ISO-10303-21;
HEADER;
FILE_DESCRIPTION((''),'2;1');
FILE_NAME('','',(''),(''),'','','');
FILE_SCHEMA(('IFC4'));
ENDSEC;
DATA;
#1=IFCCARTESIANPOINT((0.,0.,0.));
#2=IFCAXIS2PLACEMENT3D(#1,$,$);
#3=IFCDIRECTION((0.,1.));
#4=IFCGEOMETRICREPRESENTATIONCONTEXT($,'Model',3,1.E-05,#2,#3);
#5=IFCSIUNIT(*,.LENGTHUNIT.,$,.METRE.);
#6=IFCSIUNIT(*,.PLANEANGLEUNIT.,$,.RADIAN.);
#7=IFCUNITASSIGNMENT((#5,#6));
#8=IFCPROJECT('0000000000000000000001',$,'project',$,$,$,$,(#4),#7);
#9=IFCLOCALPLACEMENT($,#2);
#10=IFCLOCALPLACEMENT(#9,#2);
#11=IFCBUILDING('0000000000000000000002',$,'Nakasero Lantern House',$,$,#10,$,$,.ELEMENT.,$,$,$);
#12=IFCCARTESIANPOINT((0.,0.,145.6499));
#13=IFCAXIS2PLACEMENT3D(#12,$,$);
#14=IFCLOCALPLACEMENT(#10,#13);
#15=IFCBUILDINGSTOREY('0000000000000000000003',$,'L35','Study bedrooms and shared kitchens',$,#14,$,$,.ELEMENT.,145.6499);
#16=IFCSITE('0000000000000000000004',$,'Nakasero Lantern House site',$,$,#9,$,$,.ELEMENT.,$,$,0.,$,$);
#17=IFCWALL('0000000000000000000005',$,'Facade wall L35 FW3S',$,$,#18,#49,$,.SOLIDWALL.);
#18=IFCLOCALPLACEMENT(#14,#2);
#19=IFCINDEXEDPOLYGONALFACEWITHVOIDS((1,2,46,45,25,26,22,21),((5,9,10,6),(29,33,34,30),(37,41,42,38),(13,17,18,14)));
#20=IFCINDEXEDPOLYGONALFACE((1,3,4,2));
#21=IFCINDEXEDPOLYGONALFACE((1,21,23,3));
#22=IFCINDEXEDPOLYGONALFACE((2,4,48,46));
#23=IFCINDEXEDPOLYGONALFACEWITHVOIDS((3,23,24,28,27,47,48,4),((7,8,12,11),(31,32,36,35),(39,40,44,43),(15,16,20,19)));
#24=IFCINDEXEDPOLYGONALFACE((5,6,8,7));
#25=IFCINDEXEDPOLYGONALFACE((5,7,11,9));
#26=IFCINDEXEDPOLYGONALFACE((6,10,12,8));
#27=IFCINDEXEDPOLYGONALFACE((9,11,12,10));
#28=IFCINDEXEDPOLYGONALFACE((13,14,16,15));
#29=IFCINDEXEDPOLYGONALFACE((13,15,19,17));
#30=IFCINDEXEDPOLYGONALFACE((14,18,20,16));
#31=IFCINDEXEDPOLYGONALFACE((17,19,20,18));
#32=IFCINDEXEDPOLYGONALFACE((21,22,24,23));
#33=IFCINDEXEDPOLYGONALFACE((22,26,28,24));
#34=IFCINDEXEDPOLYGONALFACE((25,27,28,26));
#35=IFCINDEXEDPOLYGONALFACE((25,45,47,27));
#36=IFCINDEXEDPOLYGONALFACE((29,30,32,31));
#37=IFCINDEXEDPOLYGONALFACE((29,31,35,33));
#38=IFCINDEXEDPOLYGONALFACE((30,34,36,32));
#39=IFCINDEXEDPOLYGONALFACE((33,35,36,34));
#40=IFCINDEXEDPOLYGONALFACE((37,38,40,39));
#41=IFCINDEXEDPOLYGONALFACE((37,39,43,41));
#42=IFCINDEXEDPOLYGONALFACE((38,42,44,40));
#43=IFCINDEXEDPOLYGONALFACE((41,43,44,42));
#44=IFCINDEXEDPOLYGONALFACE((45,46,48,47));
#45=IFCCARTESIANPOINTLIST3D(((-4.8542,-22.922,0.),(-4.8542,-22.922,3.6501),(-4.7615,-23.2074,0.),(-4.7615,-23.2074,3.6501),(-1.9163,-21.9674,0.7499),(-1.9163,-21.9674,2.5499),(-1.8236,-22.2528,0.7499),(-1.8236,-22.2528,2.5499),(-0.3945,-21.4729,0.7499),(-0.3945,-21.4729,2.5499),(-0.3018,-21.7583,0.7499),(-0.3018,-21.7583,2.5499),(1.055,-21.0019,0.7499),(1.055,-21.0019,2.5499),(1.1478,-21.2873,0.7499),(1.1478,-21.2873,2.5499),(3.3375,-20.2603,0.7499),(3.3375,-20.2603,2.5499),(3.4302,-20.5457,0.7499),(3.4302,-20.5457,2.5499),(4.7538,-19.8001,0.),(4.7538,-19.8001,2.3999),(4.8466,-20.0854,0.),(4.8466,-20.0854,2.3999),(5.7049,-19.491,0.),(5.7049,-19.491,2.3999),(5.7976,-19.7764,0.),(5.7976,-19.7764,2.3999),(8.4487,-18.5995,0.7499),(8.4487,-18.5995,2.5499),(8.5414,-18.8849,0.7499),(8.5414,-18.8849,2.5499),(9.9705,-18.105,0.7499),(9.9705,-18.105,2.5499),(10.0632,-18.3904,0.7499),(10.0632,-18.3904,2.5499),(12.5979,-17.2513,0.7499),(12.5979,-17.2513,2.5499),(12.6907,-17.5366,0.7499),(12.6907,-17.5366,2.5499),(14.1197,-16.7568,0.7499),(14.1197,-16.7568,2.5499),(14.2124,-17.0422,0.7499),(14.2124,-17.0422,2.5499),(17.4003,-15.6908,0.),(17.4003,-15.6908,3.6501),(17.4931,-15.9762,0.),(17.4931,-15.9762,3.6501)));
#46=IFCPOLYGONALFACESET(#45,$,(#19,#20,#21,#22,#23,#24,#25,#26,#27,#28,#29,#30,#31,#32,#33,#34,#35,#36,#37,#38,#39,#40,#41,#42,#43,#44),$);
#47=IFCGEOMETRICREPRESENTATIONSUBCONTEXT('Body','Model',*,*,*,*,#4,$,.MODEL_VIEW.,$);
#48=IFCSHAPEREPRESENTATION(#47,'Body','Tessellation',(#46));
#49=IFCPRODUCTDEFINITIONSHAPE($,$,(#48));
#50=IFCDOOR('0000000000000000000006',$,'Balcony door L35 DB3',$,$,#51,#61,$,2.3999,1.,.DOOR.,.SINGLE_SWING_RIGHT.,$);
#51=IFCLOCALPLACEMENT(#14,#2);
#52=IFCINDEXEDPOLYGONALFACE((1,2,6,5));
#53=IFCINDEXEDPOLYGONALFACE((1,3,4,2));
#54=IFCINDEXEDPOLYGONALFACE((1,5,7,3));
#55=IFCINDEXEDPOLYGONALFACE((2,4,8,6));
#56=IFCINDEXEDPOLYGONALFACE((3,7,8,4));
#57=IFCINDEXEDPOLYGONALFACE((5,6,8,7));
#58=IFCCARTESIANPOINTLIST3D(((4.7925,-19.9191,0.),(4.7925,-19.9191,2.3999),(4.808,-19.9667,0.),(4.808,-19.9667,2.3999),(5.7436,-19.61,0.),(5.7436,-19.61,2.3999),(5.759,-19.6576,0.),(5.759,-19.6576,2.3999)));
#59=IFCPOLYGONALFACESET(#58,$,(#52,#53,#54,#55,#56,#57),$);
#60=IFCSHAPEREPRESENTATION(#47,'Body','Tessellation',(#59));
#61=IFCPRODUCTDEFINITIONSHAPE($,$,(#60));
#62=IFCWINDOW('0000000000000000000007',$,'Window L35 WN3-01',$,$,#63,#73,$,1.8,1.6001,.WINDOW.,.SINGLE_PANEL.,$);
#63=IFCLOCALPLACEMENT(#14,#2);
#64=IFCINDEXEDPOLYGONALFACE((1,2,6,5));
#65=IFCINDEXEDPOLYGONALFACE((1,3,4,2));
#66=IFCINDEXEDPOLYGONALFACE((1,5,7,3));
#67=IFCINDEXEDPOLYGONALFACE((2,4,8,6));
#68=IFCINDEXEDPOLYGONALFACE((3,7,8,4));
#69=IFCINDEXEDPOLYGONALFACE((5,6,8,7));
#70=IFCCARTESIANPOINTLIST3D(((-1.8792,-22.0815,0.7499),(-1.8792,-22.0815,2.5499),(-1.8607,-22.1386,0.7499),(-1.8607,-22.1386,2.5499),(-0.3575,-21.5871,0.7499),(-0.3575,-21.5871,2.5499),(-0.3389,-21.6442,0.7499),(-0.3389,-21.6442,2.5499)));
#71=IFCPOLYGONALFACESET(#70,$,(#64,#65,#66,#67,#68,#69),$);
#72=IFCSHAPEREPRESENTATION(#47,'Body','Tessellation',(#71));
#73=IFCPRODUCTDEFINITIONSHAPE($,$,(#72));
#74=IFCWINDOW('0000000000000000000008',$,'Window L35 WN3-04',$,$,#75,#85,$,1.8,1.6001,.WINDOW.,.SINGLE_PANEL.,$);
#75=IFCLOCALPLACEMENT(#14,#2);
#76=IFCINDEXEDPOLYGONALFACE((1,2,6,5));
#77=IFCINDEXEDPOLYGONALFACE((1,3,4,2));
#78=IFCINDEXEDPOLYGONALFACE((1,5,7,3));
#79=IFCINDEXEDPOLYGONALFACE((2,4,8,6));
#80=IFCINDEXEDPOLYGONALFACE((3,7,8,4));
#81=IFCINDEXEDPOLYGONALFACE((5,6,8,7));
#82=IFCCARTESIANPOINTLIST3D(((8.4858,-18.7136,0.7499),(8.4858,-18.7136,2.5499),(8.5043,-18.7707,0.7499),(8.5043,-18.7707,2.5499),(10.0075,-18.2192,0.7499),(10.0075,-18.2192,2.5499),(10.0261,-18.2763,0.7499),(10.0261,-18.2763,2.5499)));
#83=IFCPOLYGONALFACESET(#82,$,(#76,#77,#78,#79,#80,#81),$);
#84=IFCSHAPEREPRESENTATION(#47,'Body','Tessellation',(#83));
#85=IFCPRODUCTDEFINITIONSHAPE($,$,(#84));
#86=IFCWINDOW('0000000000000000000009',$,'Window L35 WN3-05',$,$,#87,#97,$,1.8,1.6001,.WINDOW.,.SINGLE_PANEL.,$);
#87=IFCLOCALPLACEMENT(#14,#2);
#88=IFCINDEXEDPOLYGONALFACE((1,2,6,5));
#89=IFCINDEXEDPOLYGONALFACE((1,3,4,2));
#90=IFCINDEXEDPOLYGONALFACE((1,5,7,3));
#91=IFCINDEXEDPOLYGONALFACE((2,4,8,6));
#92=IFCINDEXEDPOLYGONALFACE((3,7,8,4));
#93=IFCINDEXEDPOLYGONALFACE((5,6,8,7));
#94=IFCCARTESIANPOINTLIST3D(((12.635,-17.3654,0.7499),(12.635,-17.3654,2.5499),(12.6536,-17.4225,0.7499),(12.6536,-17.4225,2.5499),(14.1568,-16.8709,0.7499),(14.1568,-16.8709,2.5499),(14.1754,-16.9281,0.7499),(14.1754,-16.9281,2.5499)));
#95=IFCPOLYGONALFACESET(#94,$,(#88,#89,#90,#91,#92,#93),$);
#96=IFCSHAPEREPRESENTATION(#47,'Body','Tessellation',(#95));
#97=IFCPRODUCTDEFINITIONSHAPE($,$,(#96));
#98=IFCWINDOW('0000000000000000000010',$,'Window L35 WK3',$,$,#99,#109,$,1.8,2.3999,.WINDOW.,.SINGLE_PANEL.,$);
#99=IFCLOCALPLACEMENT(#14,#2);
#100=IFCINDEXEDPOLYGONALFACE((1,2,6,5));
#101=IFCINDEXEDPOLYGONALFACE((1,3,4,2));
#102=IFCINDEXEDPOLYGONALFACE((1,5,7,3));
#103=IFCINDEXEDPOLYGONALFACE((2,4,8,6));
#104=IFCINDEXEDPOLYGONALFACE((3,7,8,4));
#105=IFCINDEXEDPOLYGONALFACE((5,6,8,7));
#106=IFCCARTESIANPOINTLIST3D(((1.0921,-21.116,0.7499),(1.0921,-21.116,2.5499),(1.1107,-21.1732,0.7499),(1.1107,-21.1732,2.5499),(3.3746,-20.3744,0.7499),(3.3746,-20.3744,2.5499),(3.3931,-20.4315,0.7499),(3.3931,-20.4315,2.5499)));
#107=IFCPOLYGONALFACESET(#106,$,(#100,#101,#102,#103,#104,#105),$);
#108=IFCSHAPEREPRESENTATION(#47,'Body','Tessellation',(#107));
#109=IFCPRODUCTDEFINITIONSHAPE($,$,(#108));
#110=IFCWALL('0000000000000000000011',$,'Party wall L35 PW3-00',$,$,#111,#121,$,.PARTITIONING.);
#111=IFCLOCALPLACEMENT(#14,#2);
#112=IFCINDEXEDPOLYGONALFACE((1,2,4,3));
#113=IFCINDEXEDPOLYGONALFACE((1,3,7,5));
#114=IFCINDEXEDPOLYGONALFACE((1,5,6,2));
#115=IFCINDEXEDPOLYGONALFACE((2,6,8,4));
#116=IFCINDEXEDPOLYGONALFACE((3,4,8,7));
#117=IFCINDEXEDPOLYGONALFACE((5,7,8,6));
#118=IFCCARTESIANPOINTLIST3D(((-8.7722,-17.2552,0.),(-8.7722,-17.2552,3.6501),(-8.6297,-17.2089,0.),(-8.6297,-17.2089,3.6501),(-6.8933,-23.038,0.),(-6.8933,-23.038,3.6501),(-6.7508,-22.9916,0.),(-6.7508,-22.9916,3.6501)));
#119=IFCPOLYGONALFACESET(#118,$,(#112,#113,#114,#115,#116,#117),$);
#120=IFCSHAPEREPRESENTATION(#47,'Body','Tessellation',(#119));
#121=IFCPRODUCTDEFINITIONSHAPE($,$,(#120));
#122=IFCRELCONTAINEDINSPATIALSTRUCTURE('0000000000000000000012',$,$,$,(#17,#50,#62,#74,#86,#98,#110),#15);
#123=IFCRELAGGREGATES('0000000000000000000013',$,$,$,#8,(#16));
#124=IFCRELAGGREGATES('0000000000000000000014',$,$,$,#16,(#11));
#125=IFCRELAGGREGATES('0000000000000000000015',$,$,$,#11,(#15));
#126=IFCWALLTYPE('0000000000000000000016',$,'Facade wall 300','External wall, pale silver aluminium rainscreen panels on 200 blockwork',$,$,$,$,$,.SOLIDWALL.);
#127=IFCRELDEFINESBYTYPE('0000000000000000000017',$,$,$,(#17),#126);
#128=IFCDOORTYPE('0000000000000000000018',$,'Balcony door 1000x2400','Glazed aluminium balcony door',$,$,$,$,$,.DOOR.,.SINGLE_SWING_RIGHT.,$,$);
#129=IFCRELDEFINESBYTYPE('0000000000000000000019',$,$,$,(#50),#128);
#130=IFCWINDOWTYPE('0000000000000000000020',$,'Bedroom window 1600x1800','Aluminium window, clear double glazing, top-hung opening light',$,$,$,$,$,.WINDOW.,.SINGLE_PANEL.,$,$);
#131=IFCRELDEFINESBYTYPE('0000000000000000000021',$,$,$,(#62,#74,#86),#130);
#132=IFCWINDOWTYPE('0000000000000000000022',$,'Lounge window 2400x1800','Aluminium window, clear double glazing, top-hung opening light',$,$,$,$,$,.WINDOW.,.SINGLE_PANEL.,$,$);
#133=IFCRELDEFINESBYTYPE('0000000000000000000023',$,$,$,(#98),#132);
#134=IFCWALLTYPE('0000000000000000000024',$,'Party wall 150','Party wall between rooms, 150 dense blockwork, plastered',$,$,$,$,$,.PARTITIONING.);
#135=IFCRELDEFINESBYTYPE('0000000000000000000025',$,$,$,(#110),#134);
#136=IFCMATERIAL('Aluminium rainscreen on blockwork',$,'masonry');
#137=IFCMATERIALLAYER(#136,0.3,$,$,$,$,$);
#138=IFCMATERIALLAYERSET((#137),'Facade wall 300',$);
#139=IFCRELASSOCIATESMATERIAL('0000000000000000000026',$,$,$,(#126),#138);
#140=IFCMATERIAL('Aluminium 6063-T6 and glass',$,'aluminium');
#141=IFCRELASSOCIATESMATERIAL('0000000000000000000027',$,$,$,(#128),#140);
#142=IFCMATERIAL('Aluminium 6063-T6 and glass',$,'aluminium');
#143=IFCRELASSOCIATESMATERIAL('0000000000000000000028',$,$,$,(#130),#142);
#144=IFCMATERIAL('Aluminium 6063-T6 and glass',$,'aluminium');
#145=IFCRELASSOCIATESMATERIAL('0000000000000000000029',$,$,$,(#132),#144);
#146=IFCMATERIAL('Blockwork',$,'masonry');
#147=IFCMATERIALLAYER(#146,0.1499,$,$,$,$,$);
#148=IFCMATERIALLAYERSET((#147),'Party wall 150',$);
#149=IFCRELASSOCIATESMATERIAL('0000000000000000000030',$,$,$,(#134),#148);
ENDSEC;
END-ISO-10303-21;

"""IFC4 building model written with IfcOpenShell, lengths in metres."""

from ifc_helpers import new_model, si_unit, direction, frame, frame_2d, origin, place, context, subcontext, project, spatial, rectangle, extrude, material, layer, layer_set, type_object, element, fill, save


model = new_model("IFC4")

# Units and contexts
model_context = context("Model", 3, precision=1e-05, world=origin(), true_north=direction((0.0, 1.0)))
body_context = subcontext(model_context, "Body", "Model", "MODEL_VIEW")
ifc_project = project(units=[si_unit("LENGTHUNIT", "METRE"), si_unit("PLANEANGLEUNIT", "RADIAN")], contexts=[model_context])

# Site, building, storey
site_placement = place(None, origin())
site = spatial("IfcSite", under=ifc_project, at=site_placement, Name="Nakasero Lantern House site", CompositionType="ELEMENT", RefElevation=0.0)
building_placement = place(site_placement, origin())
building = spatial("IfcBuilding", under=site, at=building_placement, Name="Nakasero Lantern House", CompositionType="ELEMENT")
storey_placement = place(building_placement, frame((0.0, 0.0, 145.6499)))
storey = spatial("IfcBuildingStorey", under=building, at=storey_placement, Name="L35", Description="Study bedrooms and shared kitchens", CompositionType="ELEMENT", Elevation=145.6499)

# Wall, openings, door, windows
ifc_material_1 = material(Name="Aluminium rainscreen on blockwork", Category="masonry")
ifc_layer_1 = layer(ifc_material_1, 0.3)
ifc_layer_set_1 = layer_set([ifc_layer_1], Name="Facade wall 300")
wall_type_1 = type_object("IfcWallType", Name="Facade wall 300", Description="External wall, pale silver aluminium rainscreen panels on 200 blockwork", PredefinedType="SOLIDWALL", material=ifc_layer_set_1)
wall_1_placement = place(storey_placement, frame((-4.8079, -23.0647, 0.0), z_axis=(0.0, 0.0, 1.0), x_axis=(0.951054, 0.309026, 0.0)))
wall_1 = element("IfcWall", 1, at=wall_1_placement, inside=storey, type_object=wall_type_1, Name="Facade wall L35 FW3S", PredefinedType="SOLIDWALL", context=body_context, shape_type="SweptSolid", body=[
    extrude(rectangle(XDim=23.3999, YDim=0.3, at=frame_2d((11.7, 0.0))), origin(), (0.0, 0.0, 1.0), 3.6501),
])
opening_1_placement = place(wall_1_placement, frame((3.0891, 0.0, 0.75)))
opening_1 = element("IfcOpeningElement", 2, at=opening_1_placement, cuts=wall_1, PredefinedType="OPENING", context=body_context, shape_type="SweptSolid", body=[
    extrude(rectangle(XDim=1.6001, YDim=1.8, at=frame_2d((0.8, 0.8999))), frame((0.0, 0.1699, 0.0), z_axis=(0.0, -1.0, 0.0), x_axis=(1.0, 0.0, 0.0)), (0.0, 0.0, 1.0), 0.3401),
])
opening_2_placement = place(wall_1_placement, frame((13.9875, 0.0, 0.75)))
opening_2 = element("IfcOpeningElement", 3, at=opening_2_placement, cuts=wall_1, PredefinedType="OPENING", context=body_context, shape_type="SweptSolid", body=[
    extrude(rectangle(XDim=1.6001, YDim=1.8, at=frame_2d((0.8, 0.8999))), frame((0.0, 0.1699, 0.0), z_axis=(0.0, -1.0, 0.0), x_axis=(1.0, 0.0, 0.0)), (0.0, 0.0, 1.0), 0.3401),
])
opening_3_placement = place(wall_1_placement, frame((18.3503, 0.0, 0.75)))
opening_3 = element("IfcOpeningElement", 4, at=opening_3_placement, cuts=wall_1, PredefinedType="OPENING", context=body_context, shape_type="SweptSolid", body=[
    extrude(rectangle(XDim=1.6001, YDim=1.8, at=frame_2d((0.8, 0.8999))), frame((0.0, 0.1699, 0.0), z_axis=(0.0, -1.0, 0.0), x_axis=(1.0, 0.0, 0.0)), (0.0, 0.0, 1.0), 0.3401),
])
opening_4_placement = place(wall_1_placement, frame((6.2134, 0.0, 0.75)))
opening_4 = element("IfcOpeningElement", 5, at=opening_4_placement, cuts=wall_1, PredefinedType="OPENING", context=body_context, shape_type="SweptSolid", body=[
    extrude(rectangle(XDim=2.3999, YDim=1.8, at=frame_2d((1.2, 0.8999))), frame((0.0, 0.1699, 0.0), z_axis=(0.0, -1.0, 0.0), x_axis=(1.0, 0.0, 0.0)), (0.0, 0.0, 1.0), 0.3401),
])
opening_5_placement = place(wall_1_placement, frame((10.1025, 0.0, 0.0)))
opening_5 = element("IfcOpeningElement", 6, at=opening_5_placement, cuts=wall_1, PredefinedType="OPENING", context=body_context, shape_type="SweptSolid", body=[
    extrude(rectangle(XDim=1.0, YDim=2.3999, at=frame_2d((0.5, 1.2))), frame((0.0, 0.1699, 0.0), z_axis=(0.0, -1.0, 0.0), x_axis=(1.0, 0.0, 0.0)), (0.0, 0.0, 1.0), 0.3401),
])
ifc_material_2 = material(Name="Aluminium 6063-T6 and glass", Category="aluminium")
door_type = type_object("IfcDoorType", Name="Balcony door 1000x2400", Description="Glazed aluminium balcony door", OperationType="SINGLE_SWING_RIGHT", PredefinedType="DOOR", material=ifc_material_2)
door_placement = place(opening_5_placement, origin())
door = element("IfcDoor", 7, at=door_placement, inside=storey, type_object=door_type, Name="Balcony door L35 DB3", OperationType="SINGLE_SWING_RIGHT", OverallHeight=2.3999, OverallWidth=1.0, PredefinedType="DOOR", context=body_context, shape_type="SweptSolid", body=[
    extrude(rectangle(XDim=1.0, YDim=2.3999, at=frame_2d((0.5, 1.2))), frame((0.0, 0.0249, 0.0), z_axis=(0.0, -1.0, 0.0), x_axis=(1.0, 0.0, 0.0)), (0.0, 0.0, 1.0), 0.05),
])
fill(opening_5, door)
ifc_material_3 = material(Name="Aluminium 6063-T6 and glass", Category="aluminium")
window_type_1 = type_object("IfcWindowType", Name="Bedroom window 1600x1800", Description="Aluminium window, clear double glazing, top-hung opening light", PartitioningType="SINGLE_PANEL", PredefinedType="WINDOW", material=ifc_material_3)
window_1_placement = place(opening_1_placement, origin())
window_1 = element("IfcWindow", 8, at=window_1_placement, inside=storey, type_object=window_type_1, Name="Window L35 WN3-01", OverallHeight=1.8, OverallWidth=1.6001, PartitioningType="SINGLE_PANEL", PredefinedType="WINDOW", context=body_context, shape_type="SweptSolid", body=[
    extrude(rectangle(XDim=1.6001, YDim=1.8, at=frame_2d((0.8, 0.8999))), frame((0.0, 0.03, 0.0), z_axis=(0.0, -1.0, 0.0), x_axis=(1.0, 0.0, 0.0)), (0.0, 0.0, 1.0), 0.0601),
])
fill(opening_1, window_1)
window_2_placement = place(opening_2_placement, origin())
window_2 = element("IfcWindow", 9, at=window_2_placement, inside=storey, type_object=window_type_1, Name="Window L35 WN3-04", OverallHeight=1.8, OverallWidth=1.6001, PartitioningType="SINGLE_PANEL", PredefinedType="WINDOW", context=body_context, shape_type="SweptSolid", body=[
    extrude(rectangle(XDim=1.6001, YDim=1.8, at=frame_2d((0.8, 0.8999))), frame((0.0, 0.03, 0.0), z_axis=(0.0, -1.0, 0.0), x_axis=(1.0, 0.0, 0.0)), (0.0, 0.0, 1.0), 0.0601),
])
fill(opening_2, window_2)
window_3_placement = place(opening_3_placement, origin())
window_3 = element("IfcWindow", 10, at=window_3_placement, inside=storey, type_object=window_type_1, Name="Window L35 WN3-05", OverallHeight=1.8, OverallWidth=1.6001, PartitioningType="SINGLE_PANEL", PredefinedType="WINDOW", context=body_context, shape_type="SweptSolid", body=[
    extrude(rectangle(XDim=1.6001, YDim=1.8, at=frame_2d((0.8, 0.8999))), frame((0.0, 0.03, 0.0), z_axis=(0.0, -1.0, 0.0), x_axis=(1.0, 0.0, 0.0)), (0.0, 0.0, 1.0), 0.0601),
])
fill(opening_3, window_3)
ifc_material_4 = material(Name="Aluminium 6063-T6 and glass", Category="aluminium")
window_type_2 = type_object("IfcWindowType", Name="Lounge window 2400x1800", Description="Aluminium window, clear double glazing, top-hung opening light", PartitioningType="SINGLE_PANEL", PredefinedType="WINDOW", material=ifc_material_4)
window_4_placement = place(opening_4_placement, origin())
window_4 = element("IfcWindow", 11, at=window_4_placement, inside=storey, type_object=window_type_2, Name="Window L35 WK3", OverallHeight=1.8, OverallWidth=2.3999, PartitioningType="SINGLE_PANEL", PredefinedType="WINDOW", context=body_context, shape_type="SweptSolid", body=[
    extrude(rectangle(XDim=2.3999, YDim=1.8, at=frame_2d((1.2, 0.8999))), frame((0.0, 0.03, 0.0), z_axis=(0.0, -1.0, 0.0), x_axis=(1.0, 0.0, 0.0)), (0.0, 0.0, 1.0), 0.0601),
])
fill(opening_4, window_4)

# Wall
ifc_material_5 = material(Name="Blockwork", Category="masonry")
ifc_layer_2 = layer(ifc_material_5, 0.1499)
ifc_layer_set_2 = layer_set([ifc_layer_2], Name="Party wall 150")
wall_type_2 = type_object("IfcWallType", Name="Party wall 150", Description="Party wall between rooms, 150 dense blockwork, plastered", PredefinedType="PARTITIONING", material=ifc_layer_set_2)
wall_2_placement = place(storey_placement, frame((-8.7009, -17.2322, 0.0), z_axis=(0.0, 0.0, 1.0), x_axis=(0.309015, -0.951057, 0.0)))
element("IfcWall", 12, at=wall_2_placement, inside=storey, type_object=wall_type_2, Name="Party wall L35 PW3-00", PredefinedType="PARTITIONING", context=body_context, shape_type="SweptSolid", body=[
    extrude(rectangle(XDim=6.0803, YDim=0.1499, at=frame_2d((3.04, 0.0))), origin(), (0.0, 0.0, 1.0), 3.6501),
])

save(model, "model.ifc")
